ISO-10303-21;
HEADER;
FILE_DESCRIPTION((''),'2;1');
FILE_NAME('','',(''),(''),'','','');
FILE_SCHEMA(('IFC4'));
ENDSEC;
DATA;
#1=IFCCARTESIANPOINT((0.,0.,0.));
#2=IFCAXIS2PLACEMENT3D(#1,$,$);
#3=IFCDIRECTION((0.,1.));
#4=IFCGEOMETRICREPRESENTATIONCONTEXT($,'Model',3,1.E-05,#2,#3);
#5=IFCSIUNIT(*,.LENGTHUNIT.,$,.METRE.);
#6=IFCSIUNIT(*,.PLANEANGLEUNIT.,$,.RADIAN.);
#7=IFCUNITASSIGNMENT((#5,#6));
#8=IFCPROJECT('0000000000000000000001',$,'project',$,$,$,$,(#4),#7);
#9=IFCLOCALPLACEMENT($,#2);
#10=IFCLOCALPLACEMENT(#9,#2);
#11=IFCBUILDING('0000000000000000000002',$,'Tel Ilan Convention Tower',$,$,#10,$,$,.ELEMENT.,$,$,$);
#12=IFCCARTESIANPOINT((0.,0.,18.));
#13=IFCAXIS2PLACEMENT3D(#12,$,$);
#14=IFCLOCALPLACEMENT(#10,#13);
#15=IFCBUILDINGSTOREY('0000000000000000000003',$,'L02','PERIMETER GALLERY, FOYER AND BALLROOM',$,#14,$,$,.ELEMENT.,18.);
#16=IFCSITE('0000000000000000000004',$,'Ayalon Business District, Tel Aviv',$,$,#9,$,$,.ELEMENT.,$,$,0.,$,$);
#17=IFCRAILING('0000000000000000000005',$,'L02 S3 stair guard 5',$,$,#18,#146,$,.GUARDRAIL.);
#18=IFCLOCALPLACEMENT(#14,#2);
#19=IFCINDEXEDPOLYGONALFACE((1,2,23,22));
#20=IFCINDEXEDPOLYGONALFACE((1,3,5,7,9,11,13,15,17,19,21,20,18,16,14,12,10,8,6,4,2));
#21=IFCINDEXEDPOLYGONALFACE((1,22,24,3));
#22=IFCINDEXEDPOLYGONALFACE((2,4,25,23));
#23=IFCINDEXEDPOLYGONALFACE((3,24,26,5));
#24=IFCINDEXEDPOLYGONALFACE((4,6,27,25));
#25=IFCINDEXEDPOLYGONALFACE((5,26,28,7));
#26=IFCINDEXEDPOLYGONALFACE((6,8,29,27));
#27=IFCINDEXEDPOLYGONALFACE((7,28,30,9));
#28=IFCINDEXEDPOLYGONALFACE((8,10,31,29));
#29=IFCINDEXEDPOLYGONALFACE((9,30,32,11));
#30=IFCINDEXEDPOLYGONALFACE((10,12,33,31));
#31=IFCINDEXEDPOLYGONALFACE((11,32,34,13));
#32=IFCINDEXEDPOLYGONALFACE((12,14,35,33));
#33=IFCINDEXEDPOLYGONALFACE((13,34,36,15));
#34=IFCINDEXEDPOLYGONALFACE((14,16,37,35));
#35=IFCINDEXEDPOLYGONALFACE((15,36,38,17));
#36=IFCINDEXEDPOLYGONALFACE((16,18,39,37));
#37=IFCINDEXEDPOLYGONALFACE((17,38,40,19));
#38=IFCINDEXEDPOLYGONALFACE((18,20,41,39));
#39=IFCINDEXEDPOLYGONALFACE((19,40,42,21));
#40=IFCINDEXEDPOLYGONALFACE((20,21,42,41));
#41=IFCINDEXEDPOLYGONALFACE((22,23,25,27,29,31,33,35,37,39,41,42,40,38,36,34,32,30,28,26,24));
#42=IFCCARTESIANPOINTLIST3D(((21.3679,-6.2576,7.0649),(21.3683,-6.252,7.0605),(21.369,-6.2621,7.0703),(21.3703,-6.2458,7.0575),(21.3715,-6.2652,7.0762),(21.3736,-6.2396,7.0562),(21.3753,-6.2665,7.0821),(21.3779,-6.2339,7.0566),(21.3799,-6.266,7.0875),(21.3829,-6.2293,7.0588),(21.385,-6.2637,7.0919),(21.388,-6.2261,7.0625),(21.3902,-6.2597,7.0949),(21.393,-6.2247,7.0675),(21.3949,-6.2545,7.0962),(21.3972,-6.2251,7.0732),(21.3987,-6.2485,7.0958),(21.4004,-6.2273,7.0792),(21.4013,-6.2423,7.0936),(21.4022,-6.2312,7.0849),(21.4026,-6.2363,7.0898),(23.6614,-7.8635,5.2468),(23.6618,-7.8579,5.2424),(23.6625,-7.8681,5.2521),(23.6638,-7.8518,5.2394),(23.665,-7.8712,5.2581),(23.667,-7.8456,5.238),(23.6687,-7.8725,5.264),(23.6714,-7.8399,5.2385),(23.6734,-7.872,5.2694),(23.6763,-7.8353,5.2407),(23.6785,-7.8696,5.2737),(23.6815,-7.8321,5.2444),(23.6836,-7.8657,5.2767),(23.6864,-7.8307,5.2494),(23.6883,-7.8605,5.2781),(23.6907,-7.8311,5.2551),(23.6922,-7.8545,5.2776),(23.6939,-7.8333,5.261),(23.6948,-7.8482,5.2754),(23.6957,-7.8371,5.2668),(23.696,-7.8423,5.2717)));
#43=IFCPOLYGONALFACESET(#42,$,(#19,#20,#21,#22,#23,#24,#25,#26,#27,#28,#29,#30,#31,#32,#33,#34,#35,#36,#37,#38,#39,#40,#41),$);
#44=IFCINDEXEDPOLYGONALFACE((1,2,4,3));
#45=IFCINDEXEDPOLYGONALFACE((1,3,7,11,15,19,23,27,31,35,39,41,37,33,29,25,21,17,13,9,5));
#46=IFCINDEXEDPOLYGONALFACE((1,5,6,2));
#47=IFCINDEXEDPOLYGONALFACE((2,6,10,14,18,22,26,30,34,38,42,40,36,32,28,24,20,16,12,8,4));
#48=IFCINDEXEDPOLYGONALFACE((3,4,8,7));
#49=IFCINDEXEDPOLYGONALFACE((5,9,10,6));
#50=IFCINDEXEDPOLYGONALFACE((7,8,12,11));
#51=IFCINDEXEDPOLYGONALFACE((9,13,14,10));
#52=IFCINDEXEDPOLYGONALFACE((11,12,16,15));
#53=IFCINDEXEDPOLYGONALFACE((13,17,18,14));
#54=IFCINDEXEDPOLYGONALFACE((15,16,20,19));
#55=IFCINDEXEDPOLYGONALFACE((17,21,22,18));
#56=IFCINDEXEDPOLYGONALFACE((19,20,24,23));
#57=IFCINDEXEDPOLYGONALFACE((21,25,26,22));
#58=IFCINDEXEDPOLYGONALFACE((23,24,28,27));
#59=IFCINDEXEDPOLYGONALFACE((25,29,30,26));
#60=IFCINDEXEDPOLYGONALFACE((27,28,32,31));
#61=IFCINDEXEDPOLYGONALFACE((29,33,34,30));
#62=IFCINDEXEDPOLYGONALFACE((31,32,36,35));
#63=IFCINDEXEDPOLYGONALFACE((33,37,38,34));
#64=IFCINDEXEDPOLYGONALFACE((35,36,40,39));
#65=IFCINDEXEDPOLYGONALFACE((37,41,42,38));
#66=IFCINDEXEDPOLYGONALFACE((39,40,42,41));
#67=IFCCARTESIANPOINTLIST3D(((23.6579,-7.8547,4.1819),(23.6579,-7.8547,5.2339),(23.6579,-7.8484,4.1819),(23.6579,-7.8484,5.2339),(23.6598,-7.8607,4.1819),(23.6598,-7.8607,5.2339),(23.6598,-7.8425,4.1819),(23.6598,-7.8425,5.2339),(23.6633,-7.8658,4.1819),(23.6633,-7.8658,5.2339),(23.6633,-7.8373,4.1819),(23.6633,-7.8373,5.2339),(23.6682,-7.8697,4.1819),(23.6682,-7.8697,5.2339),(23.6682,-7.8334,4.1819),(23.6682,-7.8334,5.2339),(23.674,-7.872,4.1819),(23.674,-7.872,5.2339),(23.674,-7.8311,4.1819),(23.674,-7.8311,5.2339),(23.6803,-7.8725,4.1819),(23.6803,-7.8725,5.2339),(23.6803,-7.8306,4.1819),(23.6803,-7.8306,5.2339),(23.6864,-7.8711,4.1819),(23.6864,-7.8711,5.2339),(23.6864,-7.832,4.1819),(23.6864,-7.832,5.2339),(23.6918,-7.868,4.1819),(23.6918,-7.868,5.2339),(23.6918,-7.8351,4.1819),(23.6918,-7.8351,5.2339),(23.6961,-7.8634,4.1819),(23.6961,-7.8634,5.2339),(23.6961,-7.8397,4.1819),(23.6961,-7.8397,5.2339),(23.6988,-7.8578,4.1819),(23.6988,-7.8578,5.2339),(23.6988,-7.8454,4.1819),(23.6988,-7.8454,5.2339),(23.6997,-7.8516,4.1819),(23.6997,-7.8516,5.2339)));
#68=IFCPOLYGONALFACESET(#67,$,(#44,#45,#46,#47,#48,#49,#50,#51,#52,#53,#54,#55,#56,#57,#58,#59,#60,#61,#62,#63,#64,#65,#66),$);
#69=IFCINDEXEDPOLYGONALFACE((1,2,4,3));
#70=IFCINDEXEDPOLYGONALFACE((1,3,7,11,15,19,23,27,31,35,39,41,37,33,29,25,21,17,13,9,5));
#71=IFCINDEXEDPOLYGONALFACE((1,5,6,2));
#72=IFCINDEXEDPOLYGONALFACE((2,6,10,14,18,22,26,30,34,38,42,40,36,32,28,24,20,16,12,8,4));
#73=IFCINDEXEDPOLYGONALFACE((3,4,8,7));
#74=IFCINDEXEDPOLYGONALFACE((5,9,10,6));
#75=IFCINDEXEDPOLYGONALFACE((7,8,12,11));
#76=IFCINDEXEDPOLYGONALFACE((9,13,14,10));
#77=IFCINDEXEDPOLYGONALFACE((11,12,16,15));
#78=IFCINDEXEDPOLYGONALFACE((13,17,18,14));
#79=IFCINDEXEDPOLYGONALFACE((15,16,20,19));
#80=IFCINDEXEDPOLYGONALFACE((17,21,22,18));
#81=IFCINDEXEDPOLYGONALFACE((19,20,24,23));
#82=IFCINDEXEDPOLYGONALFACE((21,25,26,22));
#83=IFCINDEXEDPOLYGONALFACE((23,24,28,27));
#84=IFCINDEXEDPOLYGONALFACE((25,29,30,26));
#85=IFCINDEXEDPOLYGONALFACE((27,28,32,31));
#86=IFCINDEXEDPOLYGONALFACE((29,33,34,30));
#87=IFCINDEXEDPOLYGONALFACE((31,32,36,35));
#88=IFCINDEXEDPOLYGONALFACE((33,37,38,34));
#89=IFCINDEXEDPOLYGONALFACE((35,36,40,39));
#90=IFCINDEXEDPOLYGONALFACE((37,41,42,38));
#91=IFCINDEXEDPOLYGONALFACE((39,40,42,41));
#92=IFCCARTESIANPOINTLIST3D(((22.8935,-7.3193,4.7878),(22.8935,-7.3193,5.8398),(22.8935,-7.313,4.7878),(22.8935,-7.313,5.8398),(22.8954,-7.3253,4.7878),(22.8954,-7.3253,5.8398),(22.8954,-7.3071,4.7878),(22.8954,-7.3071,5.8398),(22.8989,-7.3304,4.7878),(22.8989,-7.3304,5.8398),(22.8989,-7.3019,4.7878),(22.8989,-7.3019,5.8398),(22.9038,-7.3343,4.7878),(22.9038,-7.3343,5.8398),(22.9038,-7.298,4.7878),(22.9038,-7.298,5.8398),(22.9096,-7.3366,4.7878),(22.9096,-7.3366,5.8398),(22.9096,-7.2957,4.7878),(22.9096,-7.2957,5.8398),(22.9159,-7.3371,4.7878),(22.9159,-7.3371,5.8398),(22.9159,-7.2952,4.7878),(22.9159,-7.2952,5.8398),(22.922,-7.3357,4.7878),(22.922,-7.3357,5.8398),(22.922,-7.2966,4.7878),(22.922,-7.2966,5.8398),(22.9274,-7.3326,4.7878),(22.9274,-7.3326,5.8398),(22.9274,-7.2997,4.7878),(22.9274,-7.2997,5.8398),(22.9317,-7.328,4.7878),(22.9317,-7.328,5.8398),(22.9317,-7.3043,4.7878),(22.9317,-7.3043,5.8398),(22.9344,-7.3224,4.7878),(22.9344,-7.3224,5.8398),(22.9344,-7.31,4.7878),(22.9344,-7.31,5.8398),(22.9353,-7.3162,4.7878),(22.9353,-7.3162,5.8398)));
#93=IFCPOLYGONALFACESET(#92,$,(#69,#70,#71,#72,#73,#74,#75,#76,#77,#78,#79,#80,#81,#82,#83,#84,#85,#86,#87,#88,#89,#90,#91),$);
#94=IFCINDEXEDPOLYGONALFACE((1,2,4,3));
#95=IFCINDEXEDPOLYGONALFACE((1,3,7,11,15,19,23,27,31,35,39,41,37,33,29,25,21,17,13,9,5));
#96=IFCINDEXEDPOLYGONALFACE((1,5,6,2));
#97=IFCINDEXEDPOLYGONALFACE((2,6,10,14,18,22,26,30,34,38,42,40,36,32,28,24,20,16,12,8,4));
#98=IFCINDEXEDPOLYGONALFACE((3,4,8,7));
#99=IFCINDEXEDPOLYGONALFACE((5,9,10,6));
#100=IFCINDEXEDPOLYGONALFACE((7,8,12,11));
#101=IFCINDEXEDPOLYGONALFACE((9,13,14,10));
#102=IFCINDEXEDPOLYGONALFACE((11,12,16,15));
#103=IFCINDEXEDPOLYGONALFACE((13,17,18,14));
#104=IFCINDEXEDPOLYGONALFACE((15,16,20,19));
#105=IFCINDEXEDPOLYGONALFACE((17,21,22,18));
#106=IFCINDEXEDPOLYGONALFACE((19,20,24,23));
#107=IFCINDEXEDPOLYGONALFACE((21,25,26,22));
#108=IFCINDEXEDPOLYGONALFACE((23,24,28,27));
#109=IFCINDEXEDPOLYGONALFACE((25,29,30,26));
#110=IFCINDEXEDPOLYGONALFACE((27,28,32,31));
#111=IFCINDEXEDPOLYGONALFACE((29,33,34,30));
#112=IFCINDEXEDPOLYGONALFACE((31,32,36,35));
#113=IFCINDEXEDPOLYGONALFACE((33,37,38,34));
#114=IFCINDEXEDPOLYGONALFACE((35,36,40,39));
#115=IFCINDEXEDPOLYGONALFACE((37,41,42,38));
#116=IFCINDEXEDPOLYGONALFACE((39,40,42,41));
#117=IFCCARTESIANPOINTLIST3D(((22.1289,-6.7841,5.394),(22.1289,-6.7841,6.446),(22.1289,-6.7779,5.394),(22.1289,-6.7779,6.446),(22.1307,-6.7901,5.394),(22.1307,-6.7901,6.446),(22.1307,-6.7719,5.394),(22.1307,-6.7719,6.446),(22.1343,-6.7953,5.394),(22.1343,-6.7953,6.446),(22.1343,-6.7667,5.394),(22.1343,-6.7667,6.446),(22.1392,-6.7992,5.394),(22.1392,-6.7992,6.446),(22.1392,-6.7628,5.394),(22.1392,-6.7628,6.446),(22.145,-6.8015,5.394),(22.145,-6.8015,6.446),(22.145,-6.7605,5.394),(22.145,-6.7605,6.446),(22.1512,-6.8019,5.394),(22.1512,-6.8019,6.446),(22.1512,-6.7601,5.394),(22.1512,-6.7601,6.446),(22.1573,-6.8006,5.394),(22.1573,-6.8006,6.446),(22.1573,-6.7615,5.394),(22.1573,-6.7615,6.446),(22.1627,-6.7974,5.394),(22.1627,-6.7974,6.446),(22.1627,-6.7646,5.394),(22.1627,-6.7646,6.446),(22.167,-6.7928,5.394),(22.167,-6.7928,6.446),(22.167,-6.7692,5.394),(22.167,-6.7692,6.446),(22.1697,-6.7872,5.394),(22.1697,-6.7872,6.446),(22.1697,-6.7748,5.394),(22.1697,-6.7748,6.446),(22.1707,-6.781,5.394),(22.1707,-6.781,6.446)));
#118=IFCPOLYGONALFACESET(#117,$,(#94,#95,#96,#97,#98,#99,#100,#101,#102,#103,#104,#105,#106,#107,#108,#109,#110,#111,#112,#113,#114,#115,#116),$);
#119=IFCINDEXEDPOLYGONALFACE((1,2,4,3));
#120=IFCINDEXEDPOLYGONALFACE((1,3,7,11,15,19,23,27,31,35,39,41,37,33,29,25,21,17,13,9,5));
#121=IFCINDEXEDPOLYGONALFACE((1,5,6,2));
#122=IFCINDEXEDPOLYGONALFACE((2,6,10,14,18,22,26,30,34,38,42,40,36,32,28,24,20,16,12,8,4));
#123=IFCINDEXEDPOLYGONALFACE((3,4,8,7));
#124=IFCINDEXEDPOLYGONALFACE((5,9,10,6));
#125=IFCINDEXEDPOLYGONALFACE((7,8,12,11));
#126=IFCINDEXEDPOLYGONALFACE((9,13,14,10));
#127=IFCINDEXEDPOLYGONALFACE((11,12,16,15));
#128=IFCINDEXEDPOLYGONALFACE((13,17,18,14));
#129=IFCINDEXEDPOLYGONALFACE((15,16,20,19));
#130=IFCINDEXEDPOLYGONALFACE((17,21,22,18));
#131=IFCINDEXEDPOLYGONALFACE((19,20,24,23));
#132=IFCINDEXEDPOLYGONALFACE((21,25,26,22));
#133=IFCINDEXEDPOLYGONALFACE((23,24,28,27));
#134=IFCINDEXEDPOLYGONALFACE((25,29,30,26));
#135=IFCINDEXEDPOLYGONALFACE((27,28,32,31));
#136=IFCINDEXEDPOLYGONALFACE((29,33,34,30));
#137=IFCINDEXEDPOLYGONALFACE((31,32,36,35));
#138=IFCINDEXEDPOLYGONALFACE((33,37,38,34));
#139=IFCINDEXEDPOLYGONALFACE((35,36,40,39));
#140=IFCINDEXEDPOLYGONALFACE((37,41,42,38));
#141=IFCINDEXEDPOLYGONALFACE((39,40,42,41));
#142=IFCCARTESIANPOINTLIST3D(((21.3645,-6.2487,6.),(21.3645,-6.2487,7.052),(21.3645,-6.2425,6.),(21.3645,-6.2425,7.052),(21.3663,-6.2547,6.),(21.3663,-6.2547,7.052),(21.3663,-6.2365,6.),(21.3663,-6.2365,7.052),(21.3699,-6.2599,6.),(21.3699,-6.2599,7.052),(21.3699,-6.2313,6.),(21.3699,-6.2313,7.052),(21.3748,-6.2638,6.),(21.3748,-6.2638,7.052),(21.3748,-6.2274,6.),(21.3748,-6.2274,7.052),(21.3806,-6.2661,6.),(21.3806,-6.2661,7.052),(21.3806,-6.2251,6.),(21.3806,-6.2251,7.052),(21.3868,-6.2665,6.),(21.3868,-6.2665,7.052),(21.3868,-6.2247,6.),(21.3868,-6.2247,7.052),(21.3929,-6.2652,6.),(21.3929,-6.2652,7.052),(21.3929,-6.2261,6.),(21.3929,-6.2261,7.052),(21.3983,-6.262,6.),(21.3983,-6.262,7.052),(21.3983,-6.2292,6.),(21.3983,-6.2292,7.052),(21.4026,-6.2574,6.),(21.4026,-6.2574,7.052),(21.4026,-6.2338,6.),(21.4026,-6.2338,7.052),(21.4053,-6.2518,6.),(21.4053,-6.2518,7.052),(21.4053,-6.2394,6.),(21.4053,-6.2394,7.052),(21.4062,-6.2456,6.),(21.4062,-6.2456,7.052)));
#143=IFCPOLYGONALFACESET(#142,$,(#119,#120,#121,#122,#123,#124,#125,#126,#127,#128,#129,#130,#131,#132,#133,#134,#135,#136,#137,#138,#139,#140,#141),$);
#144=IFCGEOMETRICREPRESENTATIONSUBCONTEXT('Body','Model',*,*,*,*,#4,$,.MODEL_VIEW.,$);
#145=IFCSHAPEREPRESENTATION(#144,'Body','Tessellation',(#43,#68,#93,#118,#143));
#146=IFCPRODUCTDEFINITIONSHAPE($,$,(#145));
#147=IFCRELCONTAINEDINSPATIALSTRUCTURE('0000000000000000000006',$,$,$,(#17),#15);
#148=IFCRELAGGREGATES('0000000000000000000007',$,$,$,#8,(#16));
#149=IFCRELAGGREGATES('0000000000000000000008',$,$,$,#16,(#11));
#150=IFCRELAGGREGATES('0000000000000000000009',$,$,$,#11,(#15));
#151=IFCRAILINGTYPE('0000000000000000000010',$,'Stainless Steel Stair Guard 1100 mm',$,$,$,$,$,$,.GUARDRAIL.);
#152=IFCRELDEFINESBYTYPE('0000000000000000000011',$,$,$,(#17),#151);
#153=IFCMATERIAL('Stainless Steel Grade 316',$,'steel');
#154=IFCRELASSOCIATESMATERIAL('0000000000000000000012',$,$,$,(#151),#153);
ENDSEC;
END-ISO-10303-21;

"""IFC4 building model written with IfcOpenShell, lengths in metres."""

from ifc_helpers import new_model, si_unit, direction, frame, origin, origin_2d, place, context, subcontext, project, spatial, circle, extrude, material, type_object, element, save


model = new_model("IFC4")

# Units and contexts
model_context = context("Model", 3, precision=1e-05, world=origin(), true_north=direction((0.0, 1.0)))
body_context = subcontext(model_context, "Body", "Model", "MODEL_VIEW")
ifc_project = project(units=[si_unit("LENGTHUNIT", "METRE"), si_unit("PLANEANGLEUNIT", "RADIAN")], contexts=[model_context])

# Site, building, storey
site_placement = place(None, origin())
site = spatial("IfcSite", under=ifc_project, at=site_placement, Name="Ayalon Business District, Tel Aviv", CompositionType="ELEMENT", RefElevation=0.0)
building_placement = place(site_placement, origin())
building = spatial("IfcBuilding", under=site, at=building_placement, Name="Tel Ilan Convention Tower", CompositionType="ELEMENT")
storey_placement = place(building_placement, frame((0.0, 0.0, 18.0)))
storey = spatial("IfcBuildingStorey", under=building, at=storey_placement, Name="L02", Description="PERIMETER GALLERY, FOYER AND BALLROOM", CompositionType="ELEMENT", Elevation=18.0)

# Railing
ifc_material_1 = material(Name="Stainless Steel Grade 316", Category="steel")
railing_type_1 = type_object("IfcRailingType", Name="Stainless Steel Stair Guard 1100 mm", PredefinedType="GUARDRAIL", material=ifc_material_1)
railing_1_placement = place(storey_placement, frame((23.6787, -7.8516, 4.1819)))
element("IfcRailing", 1, at=railing_1_placement, inside=storey, type_object=railing_type_1, Name="L02 S3 stair guard 5", PredefinedType="GUARDRAIL", context=body_context, shape_type="SweptSolid", body=[
    extrude(circle(Radius=0.0239, at=origin_2d()), frame((0.0, 0.0, 1.0762), z_axis=(-0.687003, 0.481063, 0.544615), x_axis=(-0.573591, -0.819142, 0.0)), (0.0, 0.0, 1.0), 3.3384),
    extrude(circle(Radius=0.021, at=origin_2d()), origin(), (0.0, 0.0, 1.0), 1.052),
    extrude(circle(Radius=0.021, at=origin_2d()), frame((-0.7644, 0.5354, 0.606)), (0.0, 0.0, 1.0), 1.052),
    extrude(circle(Radius=0.021, at=origin_2d()), frame((-1.5291, 1.0706, 1.2122)), (0.0, 0.0, 1.0), 1.052),
    extrude(circle(Radius=0.021, at=origin_2d()), frame((-2.2935, 1.606, 1.8181)), (0.0, 0.0, 1.0), 1.052),
])

save(model, "model.ifc")
